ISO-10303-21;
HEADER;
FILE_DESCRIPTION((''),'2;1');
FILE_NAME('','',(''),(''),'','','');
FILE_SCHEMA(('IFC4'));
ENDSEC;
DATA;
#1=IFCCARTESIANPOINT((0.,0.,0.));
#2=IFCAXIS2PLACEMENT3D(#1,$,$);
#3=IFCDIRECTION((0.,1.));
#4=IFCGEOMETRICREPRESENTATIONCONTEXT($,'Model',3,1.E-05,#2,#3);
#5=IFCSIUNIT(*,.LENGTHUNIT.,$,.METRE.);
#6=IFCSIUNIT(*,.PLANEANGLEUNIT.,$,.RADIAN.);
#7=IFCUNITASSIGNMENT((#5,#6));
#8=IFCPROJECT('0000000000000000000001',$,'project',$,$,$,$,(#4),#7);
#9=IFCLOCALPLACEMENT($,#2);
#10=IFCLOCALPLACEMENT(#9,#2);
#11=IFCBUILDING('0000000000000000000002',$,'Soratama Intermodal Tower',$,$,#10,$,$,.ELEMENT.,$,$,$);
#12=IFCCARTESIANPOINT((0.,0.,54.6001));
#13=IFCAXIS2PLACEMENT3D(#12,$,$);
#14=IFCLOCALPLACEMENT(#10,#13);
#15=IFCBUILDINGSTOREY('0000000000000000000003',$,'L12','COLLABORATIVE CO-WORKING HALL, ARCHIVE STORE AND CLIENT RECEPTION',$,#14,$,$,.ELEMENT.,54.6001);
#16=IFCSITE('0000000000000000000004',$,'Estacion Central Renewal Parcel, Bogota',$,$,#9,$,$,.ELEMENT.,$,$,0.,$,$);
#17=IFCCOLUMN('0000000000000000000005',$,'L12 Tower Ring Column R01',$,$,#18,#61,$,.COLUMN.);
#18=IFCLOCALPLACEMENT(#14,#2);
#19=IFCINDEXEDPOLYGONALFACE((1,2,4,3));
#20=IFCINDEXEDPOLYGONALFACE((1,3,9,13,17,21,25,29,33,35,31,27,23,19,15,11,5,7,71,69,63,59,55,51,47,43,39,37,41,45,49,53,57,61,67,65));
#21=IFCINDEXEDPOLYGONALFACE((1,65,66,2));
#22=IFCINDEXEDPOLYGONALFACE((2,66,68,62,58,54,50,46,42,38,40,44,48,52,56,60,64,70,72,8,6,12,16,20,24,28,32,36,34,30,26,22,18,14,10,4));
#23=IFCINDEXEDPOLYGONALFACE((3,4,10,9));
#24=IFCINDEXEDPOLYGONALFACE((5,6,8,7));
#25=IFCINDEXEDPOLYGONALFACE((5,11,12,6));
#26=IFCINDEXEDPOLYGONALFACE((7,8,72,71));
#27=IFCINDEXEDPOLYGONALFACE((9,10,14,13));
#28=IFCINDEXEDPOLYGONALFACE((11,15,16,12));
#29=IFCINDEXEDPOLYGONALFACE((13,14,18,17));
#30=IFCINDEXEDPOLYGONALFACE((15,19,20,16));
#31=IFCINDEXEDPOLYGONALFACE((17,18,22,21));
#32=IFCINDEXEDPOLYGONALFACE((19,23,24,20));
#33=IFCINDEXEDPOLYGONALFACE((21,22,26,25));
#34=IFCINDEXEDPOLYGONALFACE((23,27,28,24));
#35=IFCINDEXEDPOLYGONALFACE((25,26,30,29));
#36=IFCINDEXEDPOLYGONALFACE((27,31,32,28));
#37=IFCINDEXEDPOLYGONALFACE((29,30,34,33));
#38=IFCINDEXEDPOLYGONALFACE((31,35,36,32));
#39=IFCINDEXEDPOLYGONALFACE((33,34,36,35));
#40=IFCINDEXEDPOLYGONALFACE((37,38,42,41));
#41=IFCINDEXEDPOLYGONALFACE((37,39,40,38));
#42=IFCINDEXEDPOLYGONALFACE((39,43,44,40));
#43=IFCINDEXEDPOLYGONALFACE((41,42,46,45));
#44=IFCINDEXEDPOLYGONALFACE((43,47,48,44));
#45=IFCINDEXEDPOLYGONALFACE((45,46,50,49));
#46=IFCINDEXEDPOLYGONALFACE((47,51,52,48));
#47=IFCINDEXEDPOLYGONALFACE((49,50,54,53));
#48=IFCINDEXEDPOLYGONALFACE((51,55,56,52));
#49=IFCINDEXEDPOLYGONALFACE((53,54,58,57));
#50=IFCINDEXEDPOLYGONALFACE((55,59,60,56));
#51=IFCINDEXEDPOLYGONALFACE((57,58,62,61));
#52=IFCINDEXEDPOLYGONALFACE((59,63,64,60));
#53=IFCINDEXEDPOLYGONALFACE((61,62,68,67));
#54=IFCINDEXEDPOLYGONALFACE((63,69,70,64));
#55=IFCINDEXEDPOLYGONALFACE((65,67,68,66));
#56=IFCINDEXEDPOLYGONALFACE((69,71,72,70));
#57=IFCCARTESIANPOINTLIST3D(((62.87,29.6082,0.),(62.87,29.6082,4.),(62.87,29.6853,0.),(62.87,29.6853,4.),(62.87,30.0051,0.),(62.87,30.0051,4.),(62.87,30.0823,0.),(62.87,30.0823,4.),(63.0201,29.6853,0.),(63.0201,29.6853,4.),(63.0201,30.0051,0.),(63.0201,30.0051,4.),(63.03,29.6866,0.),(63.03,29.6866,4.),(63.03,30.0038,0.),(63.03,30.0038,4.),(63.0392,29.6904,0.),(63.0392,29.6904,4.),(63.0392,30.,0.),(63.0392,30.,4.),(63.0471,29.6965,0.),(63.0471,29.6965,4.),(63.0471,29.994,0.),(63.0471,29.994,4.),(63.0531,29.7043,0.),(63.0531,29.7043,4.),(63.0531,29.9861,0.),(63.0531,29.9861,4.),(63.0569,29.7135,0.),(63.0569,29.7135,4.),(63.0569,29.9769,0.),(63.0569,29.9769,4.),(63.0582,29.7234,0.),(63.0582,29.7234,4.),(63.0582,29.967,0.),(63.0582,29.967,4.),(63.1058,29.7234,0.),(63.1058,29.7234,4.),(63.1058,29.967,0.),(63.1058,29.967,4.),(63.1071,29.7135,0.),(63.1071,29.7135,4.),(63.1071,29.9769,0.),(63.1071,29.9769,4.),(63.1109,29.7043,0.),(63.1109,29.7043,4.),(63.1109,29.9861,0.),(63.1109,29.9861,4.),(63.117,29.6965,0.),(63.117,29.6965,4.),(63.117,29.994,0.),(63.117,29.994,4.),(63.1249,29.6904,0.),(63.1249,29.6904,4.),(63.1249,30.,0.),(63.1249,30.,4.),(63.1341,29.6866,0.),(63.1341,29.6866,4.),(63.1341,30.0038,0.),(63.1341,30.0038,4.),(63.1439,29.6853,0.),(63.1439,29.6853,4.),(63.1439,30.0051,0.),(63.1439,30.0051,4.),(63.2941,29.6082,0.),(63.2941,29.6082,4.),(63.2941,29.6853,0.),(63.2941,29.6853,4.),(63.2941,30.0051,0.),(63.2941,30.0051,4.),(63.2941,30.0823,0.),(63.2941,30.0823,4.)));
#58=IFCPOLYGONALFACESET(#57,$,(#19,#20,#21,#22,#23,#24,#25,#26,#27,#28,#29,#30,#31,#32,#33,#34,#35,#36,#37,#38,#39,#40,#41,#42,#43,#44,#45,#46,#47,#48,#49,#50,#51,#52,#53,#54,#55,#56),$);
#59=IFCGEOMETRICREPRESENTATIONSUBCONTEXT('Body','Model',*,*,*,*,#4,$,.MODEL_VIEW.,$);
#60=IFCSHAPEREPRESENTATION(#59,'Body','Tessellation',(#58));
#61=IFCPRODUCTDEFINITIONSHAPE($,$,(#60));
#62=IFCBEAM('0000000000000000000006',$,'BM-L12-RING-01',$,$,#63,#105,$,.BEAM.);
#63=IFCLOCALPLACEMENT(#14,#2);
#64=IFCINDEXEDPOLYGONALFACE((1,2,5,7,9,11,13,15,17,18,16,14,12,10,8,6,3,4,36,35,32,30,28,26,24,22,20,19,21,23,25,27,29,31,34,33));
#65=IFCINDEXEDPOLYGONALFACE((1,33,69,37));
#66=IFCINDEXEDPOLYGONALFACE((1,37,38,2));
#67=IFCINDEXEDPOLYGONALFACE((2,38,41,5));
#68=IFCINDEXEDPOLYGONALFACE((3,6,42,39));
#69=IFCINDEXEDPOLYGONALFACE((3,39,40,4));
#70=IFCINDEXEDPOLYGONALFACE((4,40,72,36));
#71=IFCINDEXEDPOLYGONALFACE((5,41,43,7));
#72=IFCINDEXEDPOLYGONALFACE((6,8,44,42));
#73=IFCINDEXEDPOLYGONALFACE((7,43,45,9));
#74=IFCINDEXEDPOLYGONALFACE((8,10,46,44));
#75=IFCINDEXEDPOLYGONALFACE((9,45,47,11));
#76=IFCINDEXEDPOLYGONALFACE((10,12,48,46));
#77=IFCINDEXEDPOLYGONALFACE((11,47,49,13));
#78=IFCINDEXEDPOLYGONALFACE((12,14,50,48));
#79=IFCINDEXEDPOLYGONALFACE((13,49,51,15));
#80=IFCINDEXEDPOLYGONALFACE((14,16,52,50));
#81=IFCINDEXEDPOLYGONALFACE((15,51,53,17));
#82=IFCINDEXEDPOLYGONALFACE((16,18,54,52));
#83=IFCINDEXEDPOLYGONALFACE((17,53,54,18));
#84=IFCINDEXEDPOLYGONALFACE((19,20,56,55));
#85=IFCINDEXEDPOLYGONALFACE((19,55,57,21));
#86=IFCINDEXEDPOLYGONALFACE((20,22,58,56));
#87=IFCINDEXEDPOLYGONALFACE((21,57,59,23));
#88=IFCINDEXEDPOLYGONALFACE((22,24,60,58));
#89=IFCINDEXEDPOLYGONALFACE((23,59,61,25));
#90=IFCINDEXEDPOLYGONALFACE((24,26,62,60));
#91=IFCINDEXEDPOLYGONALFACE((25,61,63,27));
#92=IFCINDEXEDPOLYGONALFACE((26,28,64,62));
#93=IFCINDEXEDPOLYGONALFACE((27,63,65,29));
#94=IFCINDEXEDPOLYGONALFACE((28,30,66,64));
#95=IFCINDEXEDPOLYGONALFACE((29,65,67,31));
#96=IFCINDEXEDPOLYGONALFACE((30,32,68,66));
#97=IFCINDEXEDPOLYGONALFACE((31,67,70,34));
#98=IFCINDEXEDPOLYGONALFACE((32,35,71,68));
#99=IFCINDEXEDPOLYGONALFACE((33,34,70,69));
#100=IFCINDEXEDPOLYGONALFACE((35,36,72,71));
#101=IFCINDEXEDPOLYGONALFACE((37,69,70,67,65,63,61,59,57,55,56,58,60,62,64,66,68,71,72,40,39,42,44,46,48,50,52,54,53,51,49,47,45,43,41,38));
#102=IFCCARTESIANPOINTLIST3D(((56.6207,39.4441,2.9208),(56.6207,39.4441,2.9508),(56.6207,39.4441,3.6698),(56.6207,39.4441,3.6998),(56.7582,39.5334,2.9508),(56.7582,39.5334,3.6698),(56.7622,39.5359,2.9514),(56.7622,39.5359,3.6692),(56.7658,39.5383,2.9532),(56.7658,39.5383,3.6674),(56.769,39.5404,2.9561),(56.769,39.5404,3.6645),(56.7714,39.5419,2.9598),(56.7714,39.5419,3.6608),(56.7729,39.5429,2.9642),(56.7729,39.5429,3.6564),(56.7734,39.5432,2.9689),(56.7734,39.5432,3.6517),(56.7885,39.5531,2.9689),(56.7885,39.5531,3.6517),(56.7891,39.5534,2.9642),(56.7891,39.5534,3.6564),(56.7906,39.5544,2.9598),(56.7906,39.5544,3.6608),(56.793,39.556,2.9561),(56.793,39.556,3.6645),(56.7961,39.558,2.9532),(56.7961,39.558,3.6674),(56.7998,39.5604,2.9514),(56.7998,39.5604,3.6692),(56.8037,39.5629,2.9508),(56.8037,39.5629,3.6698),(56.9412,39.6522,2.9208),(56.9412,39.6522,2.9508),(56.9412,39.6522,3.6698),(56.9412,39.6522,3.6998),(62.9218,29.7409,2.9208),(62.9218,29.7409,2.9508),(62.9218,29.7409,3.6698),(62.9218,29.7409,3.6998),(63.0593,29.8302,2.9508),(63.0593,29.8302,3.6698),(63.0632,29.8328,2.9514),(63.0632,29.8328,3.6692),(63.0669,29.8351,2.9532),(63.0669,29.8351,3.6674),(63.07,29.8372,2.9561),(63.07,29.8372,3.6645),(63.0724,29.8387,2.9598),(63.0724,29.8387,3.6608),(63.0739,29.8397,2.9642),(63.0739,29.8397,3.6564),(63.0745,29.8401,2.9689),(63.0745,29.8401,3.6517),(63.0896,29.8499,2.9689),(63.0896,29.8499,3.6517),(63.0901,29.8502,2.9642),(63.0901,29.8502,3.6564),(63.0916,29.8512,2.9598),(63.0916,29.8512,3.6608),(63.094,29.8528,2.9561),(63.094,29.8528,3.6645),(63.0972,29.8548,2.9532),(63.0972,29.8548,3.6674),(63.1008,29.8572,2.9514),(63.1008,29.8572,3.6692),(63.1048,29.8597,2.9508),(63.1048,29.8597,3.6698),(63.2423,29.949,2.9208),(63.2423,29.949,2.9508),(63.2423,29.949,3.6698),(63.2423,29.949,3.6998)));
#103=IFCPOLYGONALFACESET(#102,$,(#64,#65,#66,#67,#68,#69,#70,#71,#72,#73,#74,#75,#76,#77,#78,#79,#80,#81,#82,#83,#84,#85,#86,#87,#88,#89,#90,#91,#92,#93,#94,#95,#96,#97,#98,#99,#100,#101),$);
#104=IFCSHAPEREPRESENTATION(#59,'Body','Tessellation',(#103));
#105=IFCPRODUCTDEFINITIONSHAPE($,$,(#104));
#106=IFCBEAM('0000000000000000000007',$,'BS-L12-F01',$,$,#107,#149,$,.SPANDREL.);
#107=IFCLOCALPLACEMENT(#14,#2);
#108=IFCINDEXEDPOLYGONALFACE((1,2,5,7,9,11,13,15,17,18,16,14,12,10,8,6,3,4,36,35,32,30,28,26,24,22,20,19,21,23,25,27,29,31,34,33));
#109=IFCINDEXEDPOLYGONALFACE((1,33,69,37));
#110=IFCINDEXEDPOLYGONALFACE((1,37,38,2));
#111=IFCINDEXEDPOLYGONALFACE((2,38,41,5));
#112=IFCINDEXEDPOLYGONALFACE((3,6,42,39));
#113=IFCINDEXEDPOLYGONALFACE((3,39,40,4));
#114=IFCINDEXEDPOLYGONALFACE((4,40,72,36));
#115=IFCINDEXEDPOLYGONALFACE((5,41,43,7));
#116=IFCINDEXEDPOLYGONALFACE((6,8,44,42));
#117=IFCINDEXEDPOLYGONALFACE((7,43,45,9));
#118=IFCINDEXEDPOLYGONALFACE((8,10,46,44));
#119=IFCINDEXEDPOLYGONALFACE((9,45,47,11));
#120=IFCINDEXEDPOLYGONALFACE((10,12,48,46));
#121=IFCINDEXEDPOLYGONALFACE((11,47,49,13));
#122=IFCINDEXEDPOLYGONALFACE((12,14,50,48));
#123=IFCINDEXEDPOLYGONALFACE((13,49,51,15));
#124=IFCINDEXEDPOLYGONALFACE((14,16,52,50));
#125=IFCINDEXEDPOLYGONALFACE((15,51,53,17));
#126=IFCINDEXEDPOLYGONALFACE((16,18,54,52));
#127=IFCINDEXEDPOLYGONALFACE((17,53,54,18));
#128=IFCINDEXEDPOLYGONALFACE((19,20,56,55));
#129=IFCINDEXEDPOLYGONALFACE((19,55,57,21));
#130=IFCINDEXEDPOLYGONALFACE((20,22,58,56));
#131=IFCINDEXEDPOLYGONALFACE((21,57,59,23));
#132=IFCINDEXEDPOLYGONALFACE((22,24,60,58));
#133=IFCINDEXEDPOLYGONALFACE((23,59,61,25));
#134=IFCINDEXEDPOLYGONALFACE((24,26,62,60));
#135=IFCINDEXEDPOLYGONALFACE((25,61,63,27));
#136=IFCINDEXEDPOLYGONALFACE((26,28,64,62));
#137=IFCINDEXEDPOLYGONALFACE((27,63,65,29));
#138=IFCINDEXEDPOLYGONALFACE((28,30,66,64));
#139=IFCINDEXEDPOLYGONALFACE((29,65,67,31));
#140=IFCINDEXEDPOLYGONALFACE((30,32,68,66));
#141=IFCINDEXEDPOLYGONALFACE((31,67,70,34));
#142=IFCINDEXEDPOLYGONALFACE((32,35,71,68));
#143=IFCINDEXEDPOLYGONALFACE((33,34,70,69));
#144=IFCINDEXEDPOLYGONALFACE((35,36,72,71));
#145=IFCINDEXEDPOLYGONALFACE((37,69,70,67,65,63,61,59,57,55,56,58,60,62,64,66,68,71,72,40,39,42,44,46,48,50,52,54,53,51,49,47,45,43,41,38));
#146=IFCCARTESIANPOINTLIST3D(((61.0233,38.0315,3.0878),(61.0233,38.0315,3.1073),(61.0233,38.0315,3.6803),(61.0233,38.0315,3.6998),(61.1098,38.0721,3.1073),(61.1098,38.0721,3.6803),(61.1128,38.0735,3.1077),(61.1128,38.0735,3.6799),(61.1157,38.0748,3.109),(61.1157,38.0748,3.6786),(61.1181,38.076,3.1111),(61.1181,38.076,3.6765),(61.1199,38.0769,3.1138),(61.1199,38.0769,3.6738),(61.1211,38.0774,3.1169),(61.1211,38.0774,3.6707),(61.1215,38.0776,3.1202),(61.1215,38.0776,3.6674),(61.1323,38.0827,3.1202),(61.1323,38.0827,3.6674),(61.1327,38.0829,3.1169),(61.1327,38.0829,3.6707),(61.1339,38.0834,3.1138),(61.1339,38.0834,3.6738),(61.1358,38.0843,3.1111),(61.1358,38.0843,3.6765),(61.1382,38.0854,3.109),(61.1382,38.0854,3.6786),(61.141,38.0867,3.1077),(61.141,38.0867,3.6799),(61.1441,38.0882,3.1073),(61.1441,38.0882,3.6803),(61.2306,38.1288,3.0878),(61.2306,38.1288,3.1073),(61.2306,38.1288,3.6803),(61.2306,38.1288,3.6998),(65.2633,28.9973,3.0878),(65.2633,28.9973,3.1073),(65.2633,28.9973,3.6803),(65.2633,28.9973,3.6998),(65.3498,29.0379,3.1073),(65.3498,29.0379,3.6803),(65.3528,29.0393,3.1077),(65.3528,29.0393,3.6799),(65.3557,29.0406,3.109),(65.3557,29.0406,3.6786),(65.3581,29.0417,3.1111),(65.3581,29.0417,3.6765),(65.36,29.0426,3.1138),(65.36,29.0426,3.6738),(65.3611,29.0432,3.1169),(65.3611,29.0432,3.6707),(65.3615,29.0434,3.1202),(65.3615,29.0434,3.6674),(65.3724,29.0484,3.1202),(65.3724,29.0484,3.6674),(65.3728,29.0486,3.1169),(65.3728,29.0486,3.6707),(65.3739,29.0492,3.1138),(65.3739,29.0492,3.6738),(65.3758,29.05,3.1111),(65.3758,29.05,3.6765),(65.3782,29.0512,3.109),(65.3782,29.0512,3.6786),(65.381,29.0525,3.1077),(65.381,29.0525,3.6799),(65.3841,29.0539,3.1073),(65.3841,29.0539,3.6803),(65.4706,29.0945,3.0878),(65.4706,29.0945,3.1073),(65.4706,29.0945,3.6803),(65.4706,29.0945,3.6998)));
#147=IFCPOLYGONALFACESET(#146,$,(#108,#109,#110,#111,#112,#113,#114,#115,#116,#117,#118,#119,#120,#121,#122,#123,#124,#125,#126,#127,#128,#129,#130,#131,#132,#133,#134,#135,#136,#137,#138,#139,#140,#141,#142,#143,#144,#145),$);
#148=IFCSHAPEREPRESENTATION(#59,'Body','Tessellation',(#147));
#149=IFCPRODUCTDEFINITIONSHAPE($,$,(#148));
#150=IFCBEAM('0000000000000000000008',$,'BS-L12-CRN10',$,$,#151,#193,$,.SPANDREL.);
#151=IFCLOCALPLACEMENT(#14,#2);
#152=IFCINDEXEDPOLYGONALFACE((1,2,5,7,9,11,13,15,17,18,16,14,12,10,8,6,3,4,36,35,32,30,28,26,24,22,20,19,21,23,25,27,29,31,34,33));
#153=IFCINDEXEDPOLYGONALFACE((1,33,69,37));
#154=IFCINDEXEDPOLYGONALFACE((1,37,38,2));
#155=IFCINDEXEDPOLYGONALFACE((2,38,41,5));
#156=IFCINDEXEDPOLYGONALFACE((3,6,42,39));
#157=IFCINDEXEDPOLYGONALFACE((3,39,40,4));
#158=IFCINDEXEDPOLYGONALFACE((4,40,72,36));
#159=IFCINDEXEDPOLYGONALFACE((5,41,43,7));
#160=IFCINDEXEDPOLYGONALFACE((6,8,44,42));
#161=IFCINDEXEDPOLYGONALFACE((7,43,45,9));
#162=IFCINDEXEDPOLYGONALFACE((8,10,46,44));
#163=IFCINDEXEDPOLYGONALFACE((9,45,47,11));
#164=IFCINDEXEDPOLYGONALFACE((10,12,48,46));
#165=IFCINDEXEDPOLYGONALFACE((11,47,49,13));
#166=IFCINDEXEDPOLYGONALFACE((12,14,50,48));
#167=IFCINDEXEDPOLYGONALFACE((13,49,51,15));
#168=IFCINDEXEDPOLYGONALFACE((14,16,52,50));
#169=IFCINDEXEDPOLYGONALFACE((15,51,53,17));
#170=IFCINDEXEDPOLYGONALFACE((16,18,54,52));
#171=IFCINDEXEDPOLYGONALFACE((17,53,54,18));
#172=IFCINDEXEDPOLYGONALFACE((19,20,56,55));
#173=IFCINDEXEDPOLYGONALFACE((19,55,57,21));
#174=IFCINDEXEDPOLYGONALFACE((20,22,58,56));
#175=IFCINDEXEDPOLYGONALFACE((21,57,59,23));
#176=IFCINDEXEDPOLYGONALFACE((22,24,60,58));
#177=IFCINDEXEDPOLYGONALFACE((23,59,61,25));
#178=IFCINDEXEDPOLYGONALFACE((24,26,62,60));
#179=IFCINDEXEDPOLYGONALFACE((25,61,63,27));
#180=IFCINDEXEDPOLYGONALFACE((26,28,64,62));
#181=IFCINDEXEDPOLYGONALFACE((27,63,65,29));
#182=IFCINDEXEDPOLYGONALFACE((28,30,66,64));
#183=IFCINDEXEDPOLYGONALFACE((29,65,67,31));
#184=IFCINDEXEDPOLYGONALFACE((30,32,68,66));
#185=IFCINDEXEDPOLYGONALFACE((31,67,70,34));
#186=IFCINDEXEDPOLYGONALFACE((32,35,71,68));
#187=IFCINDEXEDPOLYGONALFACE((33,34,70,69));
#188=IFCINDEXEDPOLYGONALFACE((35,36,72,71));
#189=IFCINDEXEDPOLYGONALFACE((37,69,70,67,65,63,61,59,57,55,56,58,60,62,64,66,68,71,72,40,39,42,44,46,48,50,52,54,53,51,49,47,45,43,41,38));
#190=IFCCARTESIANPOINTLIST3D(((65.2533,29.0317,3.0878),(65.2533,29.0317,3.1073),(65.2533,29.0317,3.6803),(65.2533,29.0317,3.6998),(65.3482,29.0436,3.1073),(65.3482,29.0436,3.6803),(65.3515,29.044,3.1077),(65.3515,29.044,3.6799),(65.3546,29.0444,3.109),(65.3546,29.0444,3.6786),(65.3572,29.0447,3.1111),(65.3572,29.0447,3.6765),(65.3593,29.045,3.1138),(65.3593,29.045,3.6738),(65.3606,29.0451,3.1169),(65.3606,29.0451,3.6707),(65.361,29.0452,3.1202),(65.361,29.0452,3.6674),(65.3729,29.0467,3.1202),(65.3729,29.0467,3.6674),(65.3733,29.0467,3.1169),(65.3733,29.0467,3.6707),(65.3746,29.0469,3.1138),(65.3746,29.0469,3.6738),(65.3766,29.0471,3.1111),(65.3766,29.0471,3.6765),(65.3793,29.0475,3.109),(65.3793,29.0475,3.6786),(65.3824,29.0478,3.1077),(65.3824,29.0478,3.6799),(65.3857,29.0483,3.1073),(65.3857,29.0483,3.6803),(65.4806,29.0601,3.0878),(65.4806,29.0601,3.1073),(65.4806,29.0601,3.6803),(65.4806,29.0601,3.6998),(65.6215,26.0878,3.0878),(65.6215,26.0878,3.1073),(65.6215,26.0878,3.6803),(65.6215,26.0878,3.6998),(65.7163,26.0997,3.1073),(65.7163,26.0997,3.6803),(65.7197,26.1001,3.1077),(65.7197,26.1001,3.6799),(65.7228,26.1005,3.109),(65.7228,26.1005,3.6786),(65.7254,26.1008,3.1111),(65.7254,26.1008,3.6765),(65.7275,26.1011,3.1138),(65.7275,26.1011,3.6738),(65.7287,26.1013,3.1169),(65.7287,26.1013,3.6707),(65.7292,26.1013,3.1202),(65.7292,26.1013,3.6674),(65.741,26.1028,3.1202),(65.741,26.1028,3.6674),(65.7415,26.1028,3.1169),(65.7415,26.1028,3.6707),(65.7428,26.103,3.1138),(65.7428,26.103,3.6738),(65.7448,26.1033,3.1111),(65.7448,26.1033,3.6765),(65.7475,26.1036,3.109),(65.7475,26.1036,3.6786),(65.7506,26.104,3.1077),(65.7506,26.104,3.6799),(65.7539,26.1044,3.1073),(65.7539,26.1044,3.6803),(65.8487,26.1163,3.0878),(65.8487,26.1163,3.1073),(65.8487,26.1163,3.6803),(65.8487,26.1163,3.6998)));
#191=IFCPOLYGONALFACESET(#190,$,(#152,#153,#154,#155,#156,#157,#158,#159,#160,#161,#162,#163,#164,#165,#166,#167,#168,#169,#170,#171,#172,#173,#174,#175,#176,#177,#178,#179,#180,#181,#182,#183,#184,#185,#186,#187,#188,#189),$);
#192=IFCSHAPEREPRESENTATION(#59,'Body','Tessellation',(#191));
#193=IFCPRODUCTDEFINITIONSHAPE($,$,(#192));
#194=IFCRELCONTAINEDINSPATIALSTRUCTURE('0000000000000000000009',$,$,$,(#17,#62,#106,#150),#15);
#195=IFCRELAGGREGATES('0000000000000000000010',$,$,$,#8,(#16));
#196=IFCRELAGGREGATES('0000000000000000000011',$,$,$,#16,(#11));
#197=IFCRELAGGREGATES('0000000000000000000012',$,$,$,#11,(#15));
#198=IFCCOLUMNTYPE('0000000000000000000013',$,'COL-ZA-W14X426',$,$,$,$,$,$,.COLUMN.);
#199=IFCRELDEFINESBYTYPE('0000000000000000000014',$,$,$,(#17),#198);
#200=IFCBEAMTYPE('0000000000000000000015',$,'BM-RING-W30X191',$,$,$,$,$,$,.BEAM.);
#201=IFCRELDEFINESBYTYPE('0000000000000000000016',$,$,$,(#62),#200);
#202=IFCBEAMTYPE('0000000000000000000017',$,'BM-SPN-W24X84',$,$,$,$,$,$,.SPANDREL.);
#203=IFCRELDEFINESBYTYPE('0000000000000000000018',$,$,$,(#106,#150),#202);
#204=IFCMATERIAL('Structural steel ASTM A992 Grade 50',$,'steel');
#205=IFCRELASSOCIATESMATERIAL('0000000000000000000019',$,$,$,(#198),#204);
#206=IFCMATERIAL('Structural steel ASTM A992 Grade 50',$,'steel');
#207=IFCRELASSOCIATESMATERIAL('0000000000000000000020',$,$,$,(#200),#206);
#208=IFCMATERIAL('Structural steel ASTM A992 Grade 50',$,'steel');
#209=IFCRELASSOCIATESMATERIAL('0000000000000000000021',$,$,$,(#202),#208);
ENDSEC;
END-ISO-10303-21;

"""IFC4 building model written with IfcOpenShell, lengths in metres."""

from ifc_helpers import new_model, si_unit, direction, frame, origin, origin_2d, place, context, subcontext, project, spatial, i_section, extrude, material, material_profile, profile_set, type_object, element, save


model = new_model("IFC4")

# Units and contexts
model_context = context("Model", 3, precision=1e-05, world=origin(), true_north=direction((0.0, 1.0)))
body_context = subcontext(model_context, "Body", "Model", "MODEL_VIEW")
ifc_project = project(units=[si_unit("LENGTHUNIT", "METRE"), si_unit("PLANEANGLEUNIT", "RADIAN")], contexts=[model_context])

# Site, building, storey
site_placement = place(None, origin())
site = spatial("IfcSite", under=ifc_project, at=site_placement, Name="Estacion Central Renewal Parcel, Bogota", CompositionType="ELEMENT", RefElevation=0.0)
building_placement = place(site_placement, origin())
building = spatial("IfcBuilding", under=site, at=building_placement, Name="Soratama Intermodal Tower", CompositionType="ELEMENT")
storey_placement = place(building_placement, frame((0.0, 0.0, 54.6001)))
storey = spatial("IfcBuildingStorey", under=building, at=storey_placement, Name="L12", Description="COLLABORATIVE CO-WORKING HALL, ARCHIVE STORE AND CLIENT RECEPTION", CompositionType="ELEMENT", Elevation=54.6001)

# Column
ifc_material_1 = material(Name="Structural steel ASTM A992 Grade 50", Category="steel")
ifc_material_profile_1 = material_profile(ifc_material_1, i_section(OverallWidth=0.4241, OverallDepth=0.4741, WebThickness=0.0476, FlangeThickness=0.0771, FilletRadius=0.0381, at=origin_2d()), Name="W14X426")
ifc_profile_set_1 = profile_set([ifc_material_profile_1], Name="Structural steel ASTM A992 Grade 50")
column_type = type_object("IfcColumnType", Name="COL-ZA-W14X426", PredefinedType="COLUMN", material=ifc_profile_set_1)
column_placement = place(storey_placement, frame((63.082, 29.8452, 0.0), z_axis=(0.0, 0.0, 1.0), x_axis=(1.0, 0.0, 0.0)))
element("IfcColumn", 1, at=column_placement, inside=storey, type_object=column_type, Name="L12 Tower Ring Column R01", PredefinedType="COLUMN", context=body_context, shape_type="SweptSolid", body=[
    extrude(i_section(OverallWidth=0.4241, OverallDepth=0.4741, WebThickness=0.0476, FlangeThickness=0.0771, FilletRadius=0.0381, at=origin_2d()), origin(), (0.0, 0.0, 1.0), 4.0),
])

# Beams
ifc_material_2 = material(Name="Structural steel ASTM A992 Grade 50", Category="steel")
ifc_material_profile_2 = material_profile(ifc_material_2, i_section(OverallWidth=0.3821, OverallDepth=0.7791, WebThickness=0.0181, FlangeThickness=0.03, FilletRadius=0.0181, at=origin_2d()), Name="W30X191")
ifc_profile_set_2 = profile_set([ifc_material_profile_2], Name="Structural steel ASTM A992 Grade 50")
beam_type_1 = type_object("IfcBeamType", Name="BM-RING-W30X191", PredefinedType="BEAM", material=ifc_profile_set_2)
beam_1_placement = place(storey_placement, frame((63.082, 29.845, 3.3103), z_axis=(-0.544623, 0.838681, 0.0), x_axis=(-0.838681, -0.544623, 0.0)))
element("IfcBeam", 2, at=beam_1_placement, inside=storey, type_object=beam_type_1, Name="BM-L12-RING-01", PredefinedType="BEAM", context=body_context, shape_type="SweptSolid", body=[
    extrude(i_section(OverallWidth=0.3821, OverallDepth=0.7791, WebThickness=0.0181, FlangeThickness=0.03, FilletRadius=0.0181, at=origin_2d()), origin(), (0.0, 0.0, 1.0), 11.5696),
])
ifc_material_3 = material(Name="Structural steel ASTM A992 Grade 50", Category="steel")
ifc_material_profile_3 = material_profile(ifc_material_3, i_section(OverallWidth=0.229, OverallDepth=0.6121, WebThickness=0.012, FlangeThickness=0.0195, FilletRadius=0.0129, at=origin_2d()), Name="W24X84")
ifc_profile_set_3 = profile_set([ifc_material_profile_3], Name="Structural steel ASTM A992 Grade 50")
beam_type_2 = type_object("IfcBeamType", Name="BM-SPN-W24X84", PredefinedType="SPANDREL", material=ifc_profile_set_3)
beam_2_placement = place(storey_placement, frame((65.3669, 29.0459, 3.3938), z_axis=(-0.424863, 0.905258, 0.0), x_axis=(-0.905258, -0.424863, 0.0)))
element("IfcBeam", 3, at=beam_2_placement, inside=storey, type_object=beam_type_2, Name="BS-L12-F01", PredefinedType="SPANDREL", context=body_context, shape_type="SweptSolid", body=[
    extrude(i_section(OverallWidth=0.229, OverallDepth=0.6121, WebThickness=0.012, FlangeThickness=0.0195, FilletRadius=0.0129, at=origin_2d()), origin(), (0.0, 0.0, 1.0), 9.9797),
])
beam_3_placement = place(storey_placement, frame((65.7351, 26.1021, 3.3938), z_axis=(-0.124096, 0.99227, 0.0), x_axis=(-0.99227, -0.124096, 0.0)))
element("IfcBeam", 4, at=beam_3_placement, inside=storey, type_object=beam_type_2, Name="BS-L12-CRN10", PredefinedType="SPANDREL", context=body_context, shape_type="SweptSolid", body=[
    extrude(i_section(OverallWidth=0.229, OverallDepth=0.6121, WebThickness=0.012, FlangeThickness=0.0195, FilletRadius=0.0129, at=origin_2d()), origin(), (0.0, 0.0, 1.0), 2.9668),
])

save(model, "model.ifc")
